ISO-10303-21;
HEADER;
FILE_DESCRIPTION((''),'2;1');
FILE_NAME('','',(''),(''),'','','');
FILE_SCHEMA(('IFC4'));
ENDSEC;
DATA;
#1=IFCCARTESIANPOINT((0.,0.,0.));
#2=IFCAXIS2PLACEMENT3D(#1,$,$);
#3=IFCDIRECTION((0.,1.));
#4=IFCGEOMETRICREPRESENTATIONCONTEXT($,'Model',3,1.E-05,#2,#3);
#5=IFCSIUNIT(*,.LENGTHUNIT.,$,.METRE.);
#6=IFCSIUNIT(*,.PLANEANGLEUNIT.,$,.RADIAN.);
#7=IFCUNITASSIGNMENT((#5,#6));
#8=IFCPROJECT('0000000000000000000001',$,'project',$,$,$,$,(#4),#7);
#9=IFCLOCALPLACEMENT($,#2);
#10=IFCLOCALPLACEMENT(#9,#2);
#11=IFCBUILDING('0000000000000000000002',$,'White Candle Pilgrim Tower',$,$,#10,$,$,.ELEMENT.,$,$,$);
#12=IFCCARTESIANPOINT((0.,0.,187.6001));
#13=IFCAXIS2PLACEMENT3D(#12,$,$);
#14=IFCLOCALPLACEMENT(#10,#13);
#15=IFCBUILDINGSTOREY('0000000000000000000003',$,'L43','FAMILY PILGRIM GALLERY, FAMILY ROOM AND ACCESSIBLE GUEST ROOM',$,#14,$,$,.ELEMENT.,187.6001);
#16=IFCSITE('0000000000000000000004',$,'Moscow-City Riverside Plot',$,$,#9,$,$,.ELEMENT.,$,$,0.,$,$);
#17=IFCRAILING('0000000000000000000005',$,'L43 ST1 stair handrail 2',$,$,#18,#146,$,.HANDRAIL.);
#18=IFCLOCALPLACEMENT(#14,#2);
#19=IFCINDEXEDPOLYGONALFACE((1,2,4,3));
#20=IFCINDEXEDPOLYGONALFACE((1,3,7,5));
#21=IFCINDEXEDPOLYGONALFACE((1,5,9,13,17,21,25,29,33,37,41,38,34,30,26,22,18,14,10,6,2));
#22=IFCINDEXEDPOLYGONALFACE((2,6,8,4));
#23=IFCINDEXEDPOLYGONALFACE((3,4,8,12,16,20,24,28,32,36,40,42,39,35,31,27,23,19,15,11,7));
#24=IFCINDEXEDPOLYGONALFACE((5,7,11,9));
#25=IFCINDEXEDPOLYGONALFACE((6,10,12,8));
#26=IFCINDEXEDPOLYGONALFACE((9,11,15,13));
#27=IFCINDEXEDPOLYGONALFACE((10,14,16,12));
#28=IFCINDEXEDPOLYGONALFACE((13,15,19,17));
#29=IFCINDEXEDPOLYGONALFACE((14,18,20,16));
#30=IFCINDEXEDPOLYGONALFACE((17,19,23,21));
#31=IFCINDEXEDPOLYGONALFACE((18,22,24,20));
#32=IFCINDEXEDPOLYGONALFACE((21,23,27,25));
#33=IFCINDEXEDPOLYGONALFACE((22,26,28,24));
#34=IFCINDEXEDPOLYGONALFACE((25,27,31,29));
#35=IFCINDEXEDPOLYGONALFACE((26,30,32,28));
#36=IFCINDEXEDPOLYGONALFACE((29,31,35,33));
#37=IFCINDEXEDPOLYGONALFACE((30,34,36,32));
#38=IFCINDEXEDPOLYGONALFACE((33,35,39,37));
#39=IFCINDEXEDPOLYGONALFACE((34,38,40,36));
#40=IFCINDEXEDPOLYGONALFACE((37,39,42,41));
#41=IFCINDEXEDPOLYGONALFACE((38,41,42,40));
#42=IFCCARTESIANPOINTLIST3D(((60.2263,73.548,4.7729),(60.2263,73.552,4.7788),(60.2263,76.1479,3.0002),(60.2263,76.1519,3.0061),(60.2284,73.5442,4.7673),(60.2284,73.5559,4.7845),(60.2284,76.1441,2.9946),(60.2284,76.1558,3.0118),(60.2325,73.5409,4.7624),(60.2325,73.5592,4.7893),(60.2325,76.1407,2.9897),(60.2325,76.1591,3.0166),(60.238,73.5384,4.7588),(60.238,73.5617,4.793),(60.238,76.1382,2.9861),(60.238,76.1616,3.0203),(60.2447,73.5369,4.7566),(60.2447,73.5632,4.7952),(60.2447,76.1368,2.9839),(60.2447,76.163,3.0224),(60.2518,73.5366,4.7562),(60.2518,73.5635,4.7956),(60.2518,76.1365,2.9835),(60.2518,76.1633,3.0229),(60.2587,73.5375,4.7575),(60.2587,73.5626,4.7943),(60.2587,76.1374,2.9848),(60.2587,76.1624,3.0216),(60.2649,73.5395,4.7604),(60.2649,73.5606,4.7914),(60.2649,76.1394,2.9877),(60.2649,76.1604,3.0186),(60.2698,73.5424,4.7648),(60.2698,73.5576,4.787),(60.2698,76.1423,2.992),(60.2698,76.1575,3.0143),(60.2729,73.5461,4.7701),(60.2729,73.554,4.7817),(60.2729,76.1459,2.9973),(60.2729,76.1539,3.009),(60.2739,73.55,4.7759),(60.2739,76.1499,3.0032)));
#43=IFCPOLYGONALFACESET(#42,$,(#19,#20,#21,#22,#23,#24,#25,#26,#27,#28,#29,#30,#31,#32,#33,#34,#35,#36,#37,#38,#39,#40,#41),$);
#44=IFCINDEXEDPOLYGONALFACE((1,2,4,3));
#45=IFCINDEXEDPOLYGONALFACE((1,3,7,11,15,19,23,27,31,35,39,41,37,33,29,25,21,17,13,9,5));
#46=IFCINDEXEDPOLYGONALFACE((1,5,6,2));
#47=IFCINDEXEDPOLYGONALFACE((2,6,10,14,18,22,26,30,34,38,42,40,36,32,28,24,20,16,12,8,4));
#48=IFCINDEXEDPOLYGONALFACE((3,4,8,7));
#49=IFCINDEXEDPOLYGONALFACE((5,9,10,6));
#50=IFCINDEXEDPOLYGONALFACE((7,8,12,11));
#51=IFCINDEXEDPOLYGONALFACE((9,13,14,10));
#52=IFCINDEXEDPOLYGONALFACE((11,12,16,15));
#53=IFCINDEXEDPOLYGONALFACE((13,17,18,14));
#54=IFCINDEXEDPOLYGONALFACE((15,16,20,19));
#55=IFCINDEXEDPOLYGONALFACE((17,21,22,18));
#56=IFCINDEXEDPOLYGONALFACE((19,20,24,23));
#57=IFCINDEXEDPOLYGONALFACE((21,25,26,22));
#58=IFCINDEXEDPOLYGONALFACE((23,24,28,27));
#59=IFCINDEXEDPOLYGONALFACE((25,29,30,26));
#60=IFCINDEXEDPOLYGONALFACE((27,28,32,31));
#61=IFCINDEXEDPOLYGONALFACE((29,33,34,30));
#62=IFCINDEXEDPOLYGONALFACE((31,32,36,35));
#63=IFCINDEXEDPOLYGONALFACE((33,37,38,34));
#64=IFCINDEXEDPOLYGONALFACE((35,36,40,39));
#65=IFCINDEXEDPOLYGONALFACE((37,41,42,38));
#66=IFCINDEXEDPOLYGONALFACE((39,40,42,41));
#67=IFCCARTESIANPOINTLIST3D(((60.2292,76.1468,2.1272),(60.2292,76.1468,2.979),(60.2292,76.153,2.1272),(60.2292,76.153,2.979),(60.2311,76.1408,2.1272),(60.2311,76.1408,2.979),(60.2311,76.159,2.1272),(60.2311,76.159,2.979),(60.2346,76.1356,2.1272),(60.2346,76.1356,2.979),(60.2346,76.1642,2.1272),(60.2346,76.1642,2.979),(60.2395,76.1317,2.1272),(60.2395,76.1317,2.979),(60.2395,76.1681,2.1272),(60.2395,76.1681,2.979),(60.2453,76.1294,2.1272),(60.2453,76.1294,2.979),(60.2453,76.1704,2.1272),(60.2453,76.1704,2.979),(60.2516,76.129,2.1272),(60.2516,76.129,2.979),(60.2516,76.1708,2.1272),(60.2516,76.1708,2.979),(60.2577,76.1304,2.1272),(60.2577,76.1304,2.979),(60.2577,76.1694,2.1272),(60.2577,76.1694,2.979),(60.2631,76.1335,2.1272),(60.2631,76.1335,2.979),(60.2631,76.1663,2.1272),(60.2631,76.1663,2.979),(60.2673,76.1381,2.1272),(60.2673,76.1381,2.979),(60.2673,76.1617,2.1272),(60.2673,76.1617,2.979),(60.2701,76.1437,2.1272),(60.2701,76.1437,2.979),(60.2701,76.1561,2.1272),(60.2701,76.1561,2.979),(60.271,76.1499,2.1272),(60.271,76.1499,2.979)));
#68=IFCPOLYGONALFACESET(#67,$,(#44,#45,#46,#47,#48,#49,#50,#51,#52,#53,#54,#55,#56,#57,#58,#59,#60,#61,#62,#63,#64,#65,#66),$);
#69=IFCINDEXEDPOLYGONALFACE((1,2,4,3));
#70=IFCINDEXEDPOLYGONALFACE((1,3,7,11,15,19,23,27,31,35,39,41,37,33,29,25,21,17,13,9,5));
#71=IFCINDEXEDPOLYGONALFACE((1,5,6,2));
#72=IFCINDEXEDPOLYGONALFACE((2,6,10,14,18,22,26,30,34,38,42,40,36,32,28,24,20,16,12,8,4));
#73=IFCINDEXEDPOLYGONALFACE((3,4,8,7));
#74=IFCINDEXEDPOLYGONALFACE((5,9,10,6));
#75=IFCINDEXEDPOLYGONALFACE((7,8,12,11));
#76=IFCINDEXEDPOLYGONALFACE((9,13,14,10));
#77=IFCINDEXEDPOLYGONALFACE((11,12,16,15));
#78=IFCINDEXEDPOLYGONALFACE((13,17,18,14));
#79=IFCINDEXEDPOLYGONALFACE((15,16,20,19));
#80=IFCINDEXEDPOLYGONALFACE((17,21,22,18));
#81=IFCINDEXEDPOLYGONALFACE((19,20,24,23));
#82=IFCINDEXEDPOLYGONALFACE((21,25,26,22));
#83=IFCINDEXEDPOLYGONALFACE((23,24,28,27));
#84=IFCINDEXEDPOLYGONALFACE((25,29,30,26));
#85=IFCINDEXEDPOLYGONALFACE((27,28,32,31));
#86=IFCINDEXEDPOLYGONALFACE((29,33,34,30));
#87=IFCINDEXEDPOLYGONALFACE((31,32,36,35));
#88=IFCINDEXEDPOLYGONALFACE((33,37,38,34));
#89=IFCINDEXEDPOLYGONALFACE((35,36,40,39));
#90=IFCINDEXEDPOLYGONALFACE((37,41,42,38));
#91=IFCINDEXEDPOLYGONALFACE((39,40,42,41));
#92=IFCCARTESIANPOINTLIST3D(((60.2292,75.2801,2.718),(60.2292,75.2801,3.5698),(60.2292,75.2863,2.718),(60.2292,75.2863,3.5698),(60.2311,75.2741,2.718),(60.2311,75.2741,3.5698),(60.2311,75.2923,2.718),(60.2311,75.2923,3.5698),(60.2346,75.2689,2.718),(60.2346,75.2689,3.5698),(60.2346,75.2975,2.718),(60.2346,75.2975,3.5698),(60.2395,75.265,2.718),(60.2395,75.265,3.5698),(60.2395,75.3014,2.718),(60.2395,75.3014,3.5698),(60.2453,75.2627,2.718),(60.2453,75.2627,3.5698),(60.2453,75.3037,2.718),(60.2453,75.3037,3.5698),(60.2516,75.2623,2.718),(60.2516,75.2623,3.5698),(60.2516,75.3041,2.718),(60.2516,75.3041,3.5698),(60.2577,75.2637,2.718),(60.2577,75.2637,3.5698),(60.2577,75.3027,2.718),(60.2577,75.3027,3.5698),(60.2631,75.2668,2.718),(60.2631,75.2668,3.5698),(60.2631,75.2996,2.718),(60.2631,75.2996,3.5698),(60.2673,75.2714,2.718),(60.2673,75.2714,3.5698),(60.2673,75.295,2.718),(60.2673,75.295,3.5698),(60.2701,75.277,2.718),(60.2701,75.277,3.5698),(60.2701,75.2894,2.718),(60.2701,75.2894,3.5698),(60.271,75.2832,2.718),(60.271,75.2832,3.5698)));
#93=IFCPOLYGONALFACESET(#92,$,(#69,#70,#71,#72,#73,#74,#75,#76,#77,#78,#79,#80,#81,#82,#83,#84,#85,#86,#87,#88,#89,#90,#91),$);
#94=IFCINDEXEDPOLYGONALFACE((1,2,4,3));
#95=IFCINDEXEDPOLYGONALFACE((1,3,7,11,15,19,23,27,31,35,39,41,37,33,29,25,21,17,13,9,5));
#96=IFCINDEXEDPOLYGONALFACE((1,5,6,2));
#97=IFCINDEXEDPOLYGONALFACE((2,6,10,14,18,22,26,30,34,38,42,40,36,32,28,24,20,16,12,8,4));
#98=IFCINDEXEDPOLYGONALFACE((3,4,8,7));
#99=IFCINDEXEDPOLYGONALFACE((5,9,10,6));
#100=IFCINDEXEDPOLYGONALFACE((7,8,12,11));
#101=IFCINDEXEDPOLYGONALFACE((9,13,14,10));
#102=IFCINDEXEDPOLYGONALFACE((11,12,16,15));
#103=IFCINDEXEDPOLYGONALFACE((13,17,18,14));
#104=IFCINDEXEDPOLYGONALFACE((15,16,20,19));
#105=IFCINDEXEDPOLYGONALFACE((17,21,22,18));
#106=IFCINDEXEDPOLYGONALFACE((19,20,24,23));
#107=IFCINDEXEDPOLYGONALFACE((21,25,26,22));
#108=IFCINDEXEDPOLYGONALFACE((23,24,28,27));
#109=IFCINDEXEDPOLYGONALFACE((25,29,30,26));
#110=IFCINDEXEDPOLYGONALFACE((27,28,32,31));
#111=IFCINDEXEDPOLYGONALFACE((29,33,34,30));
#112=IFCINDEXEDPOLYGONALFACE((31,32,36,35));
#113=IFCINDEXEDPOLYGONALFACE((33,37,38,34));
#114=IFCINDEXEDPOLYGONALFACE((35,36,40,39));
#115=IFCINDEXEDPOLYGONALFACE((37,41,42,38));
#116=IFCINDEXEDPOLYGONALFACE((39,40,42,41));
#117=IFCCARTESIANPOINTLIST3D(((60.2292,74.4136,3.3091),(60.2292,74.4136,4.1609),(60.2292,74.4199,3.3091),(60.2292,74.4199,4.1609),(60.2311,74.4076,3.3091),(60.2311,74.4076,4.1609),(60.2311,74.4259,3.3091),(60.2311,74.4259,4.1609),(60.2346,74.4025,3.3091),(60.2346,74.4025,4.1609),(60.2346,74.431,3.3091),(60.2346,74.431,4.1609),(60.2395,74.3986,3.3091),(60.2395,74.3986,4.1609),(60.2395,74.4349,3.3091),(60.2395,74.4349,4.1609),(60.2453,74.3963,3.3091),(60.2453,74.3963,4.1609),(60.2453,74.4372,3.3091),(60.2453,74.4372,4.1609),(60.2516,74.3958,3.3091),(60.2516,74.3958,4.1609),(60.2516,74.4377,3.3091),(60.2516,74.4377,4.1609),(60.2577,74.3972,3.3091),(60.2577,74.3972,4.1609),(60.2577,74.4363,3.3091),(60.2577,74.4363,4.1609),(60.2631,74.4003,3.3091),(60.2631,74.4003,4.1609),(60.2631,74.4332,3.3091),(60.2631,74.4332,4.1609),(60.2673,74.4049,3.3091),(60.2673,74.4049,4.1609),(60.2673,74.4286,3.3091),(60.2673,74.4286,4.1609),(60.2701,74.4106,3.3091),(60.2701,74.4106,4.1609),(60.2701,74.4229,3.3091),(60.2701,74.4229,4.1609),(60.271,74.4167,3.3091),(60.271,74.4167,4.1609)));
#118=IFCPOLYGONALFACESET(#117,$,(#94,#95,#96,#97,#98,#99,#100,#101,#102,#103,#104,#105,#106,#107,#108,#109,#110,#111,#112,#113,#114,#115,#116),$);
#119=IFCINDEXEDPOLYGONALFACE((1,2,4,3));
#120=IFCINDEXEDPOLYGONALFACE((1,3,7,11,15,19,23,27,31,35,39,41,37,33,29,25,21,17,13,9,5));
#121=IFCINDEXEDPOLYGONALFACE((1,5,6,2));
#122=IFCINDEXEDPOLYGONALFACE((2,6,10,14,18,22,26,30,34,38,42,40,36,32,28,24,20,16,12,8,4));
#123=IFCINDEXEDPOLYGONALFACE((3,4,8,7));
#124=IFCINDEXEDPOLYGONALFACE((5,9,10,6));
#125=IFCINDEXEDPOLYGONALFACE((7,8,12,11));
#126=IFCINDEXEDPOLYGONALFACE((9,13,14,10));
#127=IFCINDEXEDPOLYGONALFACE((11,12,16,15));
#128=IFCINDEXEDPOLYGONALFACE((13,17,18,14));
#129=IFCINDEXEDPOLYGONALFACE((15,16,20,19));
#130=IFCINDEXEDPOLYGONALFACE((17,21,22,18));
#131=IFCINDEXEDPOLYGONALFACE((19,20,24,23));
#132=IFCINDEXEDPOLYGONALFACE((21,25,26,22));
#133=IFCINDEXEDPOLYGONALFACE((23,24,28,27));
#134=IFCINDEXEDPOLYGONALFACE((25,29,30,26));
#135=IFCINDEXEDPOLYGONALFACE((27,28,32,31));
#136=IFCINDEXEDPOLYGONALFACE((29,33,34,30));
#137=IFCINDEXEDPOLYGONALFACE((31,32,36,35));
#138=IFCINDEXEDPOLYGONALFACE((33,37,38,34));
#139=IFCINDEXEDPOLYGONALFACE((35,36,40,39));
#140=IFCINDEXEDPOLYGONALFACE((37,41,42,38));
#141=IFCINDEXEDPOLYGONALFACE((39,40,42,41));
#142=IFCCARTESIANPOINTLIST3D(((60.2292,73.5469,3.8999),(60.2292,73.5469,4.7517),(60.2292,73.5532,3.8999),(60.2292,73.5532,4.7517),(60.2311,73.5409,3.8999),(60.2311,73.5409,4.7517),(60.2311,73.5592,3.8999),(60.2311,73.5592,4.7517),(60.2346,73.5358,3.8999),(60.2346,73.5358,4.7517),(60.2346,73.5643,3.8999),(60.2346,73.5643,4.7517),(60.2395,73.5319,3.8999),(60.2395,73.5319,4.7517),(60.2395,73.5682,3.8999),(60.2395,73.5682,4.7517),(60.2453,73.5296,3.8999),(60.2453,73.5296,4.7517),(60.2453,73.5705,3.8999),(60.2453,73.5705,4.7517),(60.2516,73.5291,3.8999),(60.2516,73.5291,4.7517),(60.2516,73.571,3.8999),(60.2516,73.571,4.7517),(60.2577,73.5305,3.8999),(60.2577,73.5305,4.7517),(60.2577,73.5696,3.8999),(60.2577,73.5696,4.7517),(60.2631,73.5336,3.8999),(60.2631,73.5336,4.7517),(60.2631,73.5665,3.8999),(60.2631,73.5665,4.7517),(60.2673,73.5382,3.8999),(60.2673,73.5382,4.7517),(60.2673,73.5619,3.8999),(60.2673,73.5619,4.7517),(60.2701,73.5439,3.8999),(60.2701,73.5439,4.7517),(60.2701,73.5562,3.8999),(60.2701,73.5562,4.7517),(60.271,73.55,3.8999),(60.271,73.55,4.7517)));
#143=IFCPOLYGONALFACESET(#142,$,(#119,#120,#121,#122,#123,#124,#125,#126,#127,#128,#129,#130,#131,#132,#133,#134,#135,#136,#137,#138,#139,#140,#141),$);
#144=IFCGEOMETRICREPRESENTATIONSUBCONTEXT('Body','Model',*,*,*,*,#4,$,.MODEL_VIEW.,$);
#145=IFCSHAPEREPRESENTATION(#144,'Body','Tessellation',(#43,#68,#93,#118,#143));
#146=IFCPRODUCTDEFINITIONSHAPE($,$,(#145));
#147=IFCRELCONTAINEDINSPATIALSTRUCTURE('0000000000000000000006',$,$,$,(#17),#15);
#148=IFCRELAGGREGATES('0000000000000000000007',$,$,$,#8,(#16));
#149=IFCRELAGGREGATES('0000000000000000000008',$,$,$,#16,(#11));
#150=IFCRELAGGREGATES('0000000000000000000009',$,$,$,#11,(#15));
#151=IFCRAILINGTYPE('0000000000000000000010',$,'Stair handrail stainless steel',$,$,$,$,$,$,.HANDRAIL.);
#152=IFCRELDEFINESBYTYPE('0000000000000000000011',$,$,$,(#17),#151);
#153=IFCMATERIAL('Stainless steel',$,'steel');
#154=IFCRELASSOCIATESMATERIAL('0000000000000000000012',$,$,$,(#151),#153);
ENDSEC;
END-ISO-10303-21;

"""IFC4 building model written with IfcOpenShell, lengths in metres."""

from ifc_helpers import new_model, si_unit, direction, frame, origin, origin_2d, place, context, subcontext, project, spatial, circle, extrude, material, type_object, element, save


model = new_model("IFC4")

# Units and contexts
model_context = context("Model", 3, precision=1e-05, world=origin(), true_north=direction((0.0, 1.0)))
body_context = subcontext(model_context, "Body", "Model", "MODEL_VIEW")
ifc_project = project(units=[si_unit("LENGTHUNIT", "METRE"), si_unit("PLANEANGLEUNIT", "RADIAN")], contexts=[model_context])

# Site, building, storey
site_placement = place(None, origin())
site = spatial("IfcSite", under=ifc_project, at=site_placement, Name="Moscow-City Riverside Plot", CompositionType="ELEMENT", RefElevation=0.0)
building_placement = place(site_placement, origin())
building = spatial("IfcBuilding", under=site, at=building_placement, Name="White Candle Pilgrim Tower", CompositionType="ELEMENT")
storey_placement = place(building_placement, frame((0.0, 0.0, 187.6001)))
storey = spatial("IfcBuildingStorey", under=building, at=storey_placement, Name="L43", Description="FAMILY PILGRIM GALLERY, FAMILY ROOM AND ACCESSIBLE GUEST ROOM", CompositionType="ELEMENT", Elevation=187.6001)

# Shared definitions
ifc_material_1 = material(Name="Stainless steel", Category="steel")

# Railing
railing_type_1 = type_object("IfcRailingType", Name="Stair handrail stainless steel", PredefinedType="HANDRAIL", material=ifc_material_1)
railing_1_placement = place(storey_placement, frame((60.25, 76.1499, 2.1272)))
element("IfcRailing", 1, at=railing_1_placement, inside=storey, type_object=railing_type_1, Name="L43 ST1 stair handrail 2", PredefinedType="HANDRAIL", context=body_context, shape_type="SweptSolid", body=[
    extrude(circle(Radius=0.0239, at=origin_2d()), frame((0.0, 0.0, 0.876), z_axis=(0.0, -0.826216, 0.563354), x_axis=(1.0, 0.0, 0.0)), (0.0, 0.0, 1.0), 3.1467),
    extrude(circle(Radius=0.021, at=origin_2d()), origin(), (0.0, 0.0, 1.0), 0.8518),
    extrude(circle(Radius=0.021, at=origin_2d()), frame((0.0, -0.8667, 0.5908)), (0.0, 0.0, 1.0), 0.8518),
    extrude(circle(Radius=0.021, at=origin_2d()), frame((0.0, -1.7332, 1.1819)), (0.0, 0.0, 1.0), 0.8518),
    extrude(circle(Radius=0.021, at=origin_2d()), frame((0.0, -2.5999, 1.7727)), (0.0, 0.0, 1.0), 0.8518),
])

save(model, "model.ifc")
